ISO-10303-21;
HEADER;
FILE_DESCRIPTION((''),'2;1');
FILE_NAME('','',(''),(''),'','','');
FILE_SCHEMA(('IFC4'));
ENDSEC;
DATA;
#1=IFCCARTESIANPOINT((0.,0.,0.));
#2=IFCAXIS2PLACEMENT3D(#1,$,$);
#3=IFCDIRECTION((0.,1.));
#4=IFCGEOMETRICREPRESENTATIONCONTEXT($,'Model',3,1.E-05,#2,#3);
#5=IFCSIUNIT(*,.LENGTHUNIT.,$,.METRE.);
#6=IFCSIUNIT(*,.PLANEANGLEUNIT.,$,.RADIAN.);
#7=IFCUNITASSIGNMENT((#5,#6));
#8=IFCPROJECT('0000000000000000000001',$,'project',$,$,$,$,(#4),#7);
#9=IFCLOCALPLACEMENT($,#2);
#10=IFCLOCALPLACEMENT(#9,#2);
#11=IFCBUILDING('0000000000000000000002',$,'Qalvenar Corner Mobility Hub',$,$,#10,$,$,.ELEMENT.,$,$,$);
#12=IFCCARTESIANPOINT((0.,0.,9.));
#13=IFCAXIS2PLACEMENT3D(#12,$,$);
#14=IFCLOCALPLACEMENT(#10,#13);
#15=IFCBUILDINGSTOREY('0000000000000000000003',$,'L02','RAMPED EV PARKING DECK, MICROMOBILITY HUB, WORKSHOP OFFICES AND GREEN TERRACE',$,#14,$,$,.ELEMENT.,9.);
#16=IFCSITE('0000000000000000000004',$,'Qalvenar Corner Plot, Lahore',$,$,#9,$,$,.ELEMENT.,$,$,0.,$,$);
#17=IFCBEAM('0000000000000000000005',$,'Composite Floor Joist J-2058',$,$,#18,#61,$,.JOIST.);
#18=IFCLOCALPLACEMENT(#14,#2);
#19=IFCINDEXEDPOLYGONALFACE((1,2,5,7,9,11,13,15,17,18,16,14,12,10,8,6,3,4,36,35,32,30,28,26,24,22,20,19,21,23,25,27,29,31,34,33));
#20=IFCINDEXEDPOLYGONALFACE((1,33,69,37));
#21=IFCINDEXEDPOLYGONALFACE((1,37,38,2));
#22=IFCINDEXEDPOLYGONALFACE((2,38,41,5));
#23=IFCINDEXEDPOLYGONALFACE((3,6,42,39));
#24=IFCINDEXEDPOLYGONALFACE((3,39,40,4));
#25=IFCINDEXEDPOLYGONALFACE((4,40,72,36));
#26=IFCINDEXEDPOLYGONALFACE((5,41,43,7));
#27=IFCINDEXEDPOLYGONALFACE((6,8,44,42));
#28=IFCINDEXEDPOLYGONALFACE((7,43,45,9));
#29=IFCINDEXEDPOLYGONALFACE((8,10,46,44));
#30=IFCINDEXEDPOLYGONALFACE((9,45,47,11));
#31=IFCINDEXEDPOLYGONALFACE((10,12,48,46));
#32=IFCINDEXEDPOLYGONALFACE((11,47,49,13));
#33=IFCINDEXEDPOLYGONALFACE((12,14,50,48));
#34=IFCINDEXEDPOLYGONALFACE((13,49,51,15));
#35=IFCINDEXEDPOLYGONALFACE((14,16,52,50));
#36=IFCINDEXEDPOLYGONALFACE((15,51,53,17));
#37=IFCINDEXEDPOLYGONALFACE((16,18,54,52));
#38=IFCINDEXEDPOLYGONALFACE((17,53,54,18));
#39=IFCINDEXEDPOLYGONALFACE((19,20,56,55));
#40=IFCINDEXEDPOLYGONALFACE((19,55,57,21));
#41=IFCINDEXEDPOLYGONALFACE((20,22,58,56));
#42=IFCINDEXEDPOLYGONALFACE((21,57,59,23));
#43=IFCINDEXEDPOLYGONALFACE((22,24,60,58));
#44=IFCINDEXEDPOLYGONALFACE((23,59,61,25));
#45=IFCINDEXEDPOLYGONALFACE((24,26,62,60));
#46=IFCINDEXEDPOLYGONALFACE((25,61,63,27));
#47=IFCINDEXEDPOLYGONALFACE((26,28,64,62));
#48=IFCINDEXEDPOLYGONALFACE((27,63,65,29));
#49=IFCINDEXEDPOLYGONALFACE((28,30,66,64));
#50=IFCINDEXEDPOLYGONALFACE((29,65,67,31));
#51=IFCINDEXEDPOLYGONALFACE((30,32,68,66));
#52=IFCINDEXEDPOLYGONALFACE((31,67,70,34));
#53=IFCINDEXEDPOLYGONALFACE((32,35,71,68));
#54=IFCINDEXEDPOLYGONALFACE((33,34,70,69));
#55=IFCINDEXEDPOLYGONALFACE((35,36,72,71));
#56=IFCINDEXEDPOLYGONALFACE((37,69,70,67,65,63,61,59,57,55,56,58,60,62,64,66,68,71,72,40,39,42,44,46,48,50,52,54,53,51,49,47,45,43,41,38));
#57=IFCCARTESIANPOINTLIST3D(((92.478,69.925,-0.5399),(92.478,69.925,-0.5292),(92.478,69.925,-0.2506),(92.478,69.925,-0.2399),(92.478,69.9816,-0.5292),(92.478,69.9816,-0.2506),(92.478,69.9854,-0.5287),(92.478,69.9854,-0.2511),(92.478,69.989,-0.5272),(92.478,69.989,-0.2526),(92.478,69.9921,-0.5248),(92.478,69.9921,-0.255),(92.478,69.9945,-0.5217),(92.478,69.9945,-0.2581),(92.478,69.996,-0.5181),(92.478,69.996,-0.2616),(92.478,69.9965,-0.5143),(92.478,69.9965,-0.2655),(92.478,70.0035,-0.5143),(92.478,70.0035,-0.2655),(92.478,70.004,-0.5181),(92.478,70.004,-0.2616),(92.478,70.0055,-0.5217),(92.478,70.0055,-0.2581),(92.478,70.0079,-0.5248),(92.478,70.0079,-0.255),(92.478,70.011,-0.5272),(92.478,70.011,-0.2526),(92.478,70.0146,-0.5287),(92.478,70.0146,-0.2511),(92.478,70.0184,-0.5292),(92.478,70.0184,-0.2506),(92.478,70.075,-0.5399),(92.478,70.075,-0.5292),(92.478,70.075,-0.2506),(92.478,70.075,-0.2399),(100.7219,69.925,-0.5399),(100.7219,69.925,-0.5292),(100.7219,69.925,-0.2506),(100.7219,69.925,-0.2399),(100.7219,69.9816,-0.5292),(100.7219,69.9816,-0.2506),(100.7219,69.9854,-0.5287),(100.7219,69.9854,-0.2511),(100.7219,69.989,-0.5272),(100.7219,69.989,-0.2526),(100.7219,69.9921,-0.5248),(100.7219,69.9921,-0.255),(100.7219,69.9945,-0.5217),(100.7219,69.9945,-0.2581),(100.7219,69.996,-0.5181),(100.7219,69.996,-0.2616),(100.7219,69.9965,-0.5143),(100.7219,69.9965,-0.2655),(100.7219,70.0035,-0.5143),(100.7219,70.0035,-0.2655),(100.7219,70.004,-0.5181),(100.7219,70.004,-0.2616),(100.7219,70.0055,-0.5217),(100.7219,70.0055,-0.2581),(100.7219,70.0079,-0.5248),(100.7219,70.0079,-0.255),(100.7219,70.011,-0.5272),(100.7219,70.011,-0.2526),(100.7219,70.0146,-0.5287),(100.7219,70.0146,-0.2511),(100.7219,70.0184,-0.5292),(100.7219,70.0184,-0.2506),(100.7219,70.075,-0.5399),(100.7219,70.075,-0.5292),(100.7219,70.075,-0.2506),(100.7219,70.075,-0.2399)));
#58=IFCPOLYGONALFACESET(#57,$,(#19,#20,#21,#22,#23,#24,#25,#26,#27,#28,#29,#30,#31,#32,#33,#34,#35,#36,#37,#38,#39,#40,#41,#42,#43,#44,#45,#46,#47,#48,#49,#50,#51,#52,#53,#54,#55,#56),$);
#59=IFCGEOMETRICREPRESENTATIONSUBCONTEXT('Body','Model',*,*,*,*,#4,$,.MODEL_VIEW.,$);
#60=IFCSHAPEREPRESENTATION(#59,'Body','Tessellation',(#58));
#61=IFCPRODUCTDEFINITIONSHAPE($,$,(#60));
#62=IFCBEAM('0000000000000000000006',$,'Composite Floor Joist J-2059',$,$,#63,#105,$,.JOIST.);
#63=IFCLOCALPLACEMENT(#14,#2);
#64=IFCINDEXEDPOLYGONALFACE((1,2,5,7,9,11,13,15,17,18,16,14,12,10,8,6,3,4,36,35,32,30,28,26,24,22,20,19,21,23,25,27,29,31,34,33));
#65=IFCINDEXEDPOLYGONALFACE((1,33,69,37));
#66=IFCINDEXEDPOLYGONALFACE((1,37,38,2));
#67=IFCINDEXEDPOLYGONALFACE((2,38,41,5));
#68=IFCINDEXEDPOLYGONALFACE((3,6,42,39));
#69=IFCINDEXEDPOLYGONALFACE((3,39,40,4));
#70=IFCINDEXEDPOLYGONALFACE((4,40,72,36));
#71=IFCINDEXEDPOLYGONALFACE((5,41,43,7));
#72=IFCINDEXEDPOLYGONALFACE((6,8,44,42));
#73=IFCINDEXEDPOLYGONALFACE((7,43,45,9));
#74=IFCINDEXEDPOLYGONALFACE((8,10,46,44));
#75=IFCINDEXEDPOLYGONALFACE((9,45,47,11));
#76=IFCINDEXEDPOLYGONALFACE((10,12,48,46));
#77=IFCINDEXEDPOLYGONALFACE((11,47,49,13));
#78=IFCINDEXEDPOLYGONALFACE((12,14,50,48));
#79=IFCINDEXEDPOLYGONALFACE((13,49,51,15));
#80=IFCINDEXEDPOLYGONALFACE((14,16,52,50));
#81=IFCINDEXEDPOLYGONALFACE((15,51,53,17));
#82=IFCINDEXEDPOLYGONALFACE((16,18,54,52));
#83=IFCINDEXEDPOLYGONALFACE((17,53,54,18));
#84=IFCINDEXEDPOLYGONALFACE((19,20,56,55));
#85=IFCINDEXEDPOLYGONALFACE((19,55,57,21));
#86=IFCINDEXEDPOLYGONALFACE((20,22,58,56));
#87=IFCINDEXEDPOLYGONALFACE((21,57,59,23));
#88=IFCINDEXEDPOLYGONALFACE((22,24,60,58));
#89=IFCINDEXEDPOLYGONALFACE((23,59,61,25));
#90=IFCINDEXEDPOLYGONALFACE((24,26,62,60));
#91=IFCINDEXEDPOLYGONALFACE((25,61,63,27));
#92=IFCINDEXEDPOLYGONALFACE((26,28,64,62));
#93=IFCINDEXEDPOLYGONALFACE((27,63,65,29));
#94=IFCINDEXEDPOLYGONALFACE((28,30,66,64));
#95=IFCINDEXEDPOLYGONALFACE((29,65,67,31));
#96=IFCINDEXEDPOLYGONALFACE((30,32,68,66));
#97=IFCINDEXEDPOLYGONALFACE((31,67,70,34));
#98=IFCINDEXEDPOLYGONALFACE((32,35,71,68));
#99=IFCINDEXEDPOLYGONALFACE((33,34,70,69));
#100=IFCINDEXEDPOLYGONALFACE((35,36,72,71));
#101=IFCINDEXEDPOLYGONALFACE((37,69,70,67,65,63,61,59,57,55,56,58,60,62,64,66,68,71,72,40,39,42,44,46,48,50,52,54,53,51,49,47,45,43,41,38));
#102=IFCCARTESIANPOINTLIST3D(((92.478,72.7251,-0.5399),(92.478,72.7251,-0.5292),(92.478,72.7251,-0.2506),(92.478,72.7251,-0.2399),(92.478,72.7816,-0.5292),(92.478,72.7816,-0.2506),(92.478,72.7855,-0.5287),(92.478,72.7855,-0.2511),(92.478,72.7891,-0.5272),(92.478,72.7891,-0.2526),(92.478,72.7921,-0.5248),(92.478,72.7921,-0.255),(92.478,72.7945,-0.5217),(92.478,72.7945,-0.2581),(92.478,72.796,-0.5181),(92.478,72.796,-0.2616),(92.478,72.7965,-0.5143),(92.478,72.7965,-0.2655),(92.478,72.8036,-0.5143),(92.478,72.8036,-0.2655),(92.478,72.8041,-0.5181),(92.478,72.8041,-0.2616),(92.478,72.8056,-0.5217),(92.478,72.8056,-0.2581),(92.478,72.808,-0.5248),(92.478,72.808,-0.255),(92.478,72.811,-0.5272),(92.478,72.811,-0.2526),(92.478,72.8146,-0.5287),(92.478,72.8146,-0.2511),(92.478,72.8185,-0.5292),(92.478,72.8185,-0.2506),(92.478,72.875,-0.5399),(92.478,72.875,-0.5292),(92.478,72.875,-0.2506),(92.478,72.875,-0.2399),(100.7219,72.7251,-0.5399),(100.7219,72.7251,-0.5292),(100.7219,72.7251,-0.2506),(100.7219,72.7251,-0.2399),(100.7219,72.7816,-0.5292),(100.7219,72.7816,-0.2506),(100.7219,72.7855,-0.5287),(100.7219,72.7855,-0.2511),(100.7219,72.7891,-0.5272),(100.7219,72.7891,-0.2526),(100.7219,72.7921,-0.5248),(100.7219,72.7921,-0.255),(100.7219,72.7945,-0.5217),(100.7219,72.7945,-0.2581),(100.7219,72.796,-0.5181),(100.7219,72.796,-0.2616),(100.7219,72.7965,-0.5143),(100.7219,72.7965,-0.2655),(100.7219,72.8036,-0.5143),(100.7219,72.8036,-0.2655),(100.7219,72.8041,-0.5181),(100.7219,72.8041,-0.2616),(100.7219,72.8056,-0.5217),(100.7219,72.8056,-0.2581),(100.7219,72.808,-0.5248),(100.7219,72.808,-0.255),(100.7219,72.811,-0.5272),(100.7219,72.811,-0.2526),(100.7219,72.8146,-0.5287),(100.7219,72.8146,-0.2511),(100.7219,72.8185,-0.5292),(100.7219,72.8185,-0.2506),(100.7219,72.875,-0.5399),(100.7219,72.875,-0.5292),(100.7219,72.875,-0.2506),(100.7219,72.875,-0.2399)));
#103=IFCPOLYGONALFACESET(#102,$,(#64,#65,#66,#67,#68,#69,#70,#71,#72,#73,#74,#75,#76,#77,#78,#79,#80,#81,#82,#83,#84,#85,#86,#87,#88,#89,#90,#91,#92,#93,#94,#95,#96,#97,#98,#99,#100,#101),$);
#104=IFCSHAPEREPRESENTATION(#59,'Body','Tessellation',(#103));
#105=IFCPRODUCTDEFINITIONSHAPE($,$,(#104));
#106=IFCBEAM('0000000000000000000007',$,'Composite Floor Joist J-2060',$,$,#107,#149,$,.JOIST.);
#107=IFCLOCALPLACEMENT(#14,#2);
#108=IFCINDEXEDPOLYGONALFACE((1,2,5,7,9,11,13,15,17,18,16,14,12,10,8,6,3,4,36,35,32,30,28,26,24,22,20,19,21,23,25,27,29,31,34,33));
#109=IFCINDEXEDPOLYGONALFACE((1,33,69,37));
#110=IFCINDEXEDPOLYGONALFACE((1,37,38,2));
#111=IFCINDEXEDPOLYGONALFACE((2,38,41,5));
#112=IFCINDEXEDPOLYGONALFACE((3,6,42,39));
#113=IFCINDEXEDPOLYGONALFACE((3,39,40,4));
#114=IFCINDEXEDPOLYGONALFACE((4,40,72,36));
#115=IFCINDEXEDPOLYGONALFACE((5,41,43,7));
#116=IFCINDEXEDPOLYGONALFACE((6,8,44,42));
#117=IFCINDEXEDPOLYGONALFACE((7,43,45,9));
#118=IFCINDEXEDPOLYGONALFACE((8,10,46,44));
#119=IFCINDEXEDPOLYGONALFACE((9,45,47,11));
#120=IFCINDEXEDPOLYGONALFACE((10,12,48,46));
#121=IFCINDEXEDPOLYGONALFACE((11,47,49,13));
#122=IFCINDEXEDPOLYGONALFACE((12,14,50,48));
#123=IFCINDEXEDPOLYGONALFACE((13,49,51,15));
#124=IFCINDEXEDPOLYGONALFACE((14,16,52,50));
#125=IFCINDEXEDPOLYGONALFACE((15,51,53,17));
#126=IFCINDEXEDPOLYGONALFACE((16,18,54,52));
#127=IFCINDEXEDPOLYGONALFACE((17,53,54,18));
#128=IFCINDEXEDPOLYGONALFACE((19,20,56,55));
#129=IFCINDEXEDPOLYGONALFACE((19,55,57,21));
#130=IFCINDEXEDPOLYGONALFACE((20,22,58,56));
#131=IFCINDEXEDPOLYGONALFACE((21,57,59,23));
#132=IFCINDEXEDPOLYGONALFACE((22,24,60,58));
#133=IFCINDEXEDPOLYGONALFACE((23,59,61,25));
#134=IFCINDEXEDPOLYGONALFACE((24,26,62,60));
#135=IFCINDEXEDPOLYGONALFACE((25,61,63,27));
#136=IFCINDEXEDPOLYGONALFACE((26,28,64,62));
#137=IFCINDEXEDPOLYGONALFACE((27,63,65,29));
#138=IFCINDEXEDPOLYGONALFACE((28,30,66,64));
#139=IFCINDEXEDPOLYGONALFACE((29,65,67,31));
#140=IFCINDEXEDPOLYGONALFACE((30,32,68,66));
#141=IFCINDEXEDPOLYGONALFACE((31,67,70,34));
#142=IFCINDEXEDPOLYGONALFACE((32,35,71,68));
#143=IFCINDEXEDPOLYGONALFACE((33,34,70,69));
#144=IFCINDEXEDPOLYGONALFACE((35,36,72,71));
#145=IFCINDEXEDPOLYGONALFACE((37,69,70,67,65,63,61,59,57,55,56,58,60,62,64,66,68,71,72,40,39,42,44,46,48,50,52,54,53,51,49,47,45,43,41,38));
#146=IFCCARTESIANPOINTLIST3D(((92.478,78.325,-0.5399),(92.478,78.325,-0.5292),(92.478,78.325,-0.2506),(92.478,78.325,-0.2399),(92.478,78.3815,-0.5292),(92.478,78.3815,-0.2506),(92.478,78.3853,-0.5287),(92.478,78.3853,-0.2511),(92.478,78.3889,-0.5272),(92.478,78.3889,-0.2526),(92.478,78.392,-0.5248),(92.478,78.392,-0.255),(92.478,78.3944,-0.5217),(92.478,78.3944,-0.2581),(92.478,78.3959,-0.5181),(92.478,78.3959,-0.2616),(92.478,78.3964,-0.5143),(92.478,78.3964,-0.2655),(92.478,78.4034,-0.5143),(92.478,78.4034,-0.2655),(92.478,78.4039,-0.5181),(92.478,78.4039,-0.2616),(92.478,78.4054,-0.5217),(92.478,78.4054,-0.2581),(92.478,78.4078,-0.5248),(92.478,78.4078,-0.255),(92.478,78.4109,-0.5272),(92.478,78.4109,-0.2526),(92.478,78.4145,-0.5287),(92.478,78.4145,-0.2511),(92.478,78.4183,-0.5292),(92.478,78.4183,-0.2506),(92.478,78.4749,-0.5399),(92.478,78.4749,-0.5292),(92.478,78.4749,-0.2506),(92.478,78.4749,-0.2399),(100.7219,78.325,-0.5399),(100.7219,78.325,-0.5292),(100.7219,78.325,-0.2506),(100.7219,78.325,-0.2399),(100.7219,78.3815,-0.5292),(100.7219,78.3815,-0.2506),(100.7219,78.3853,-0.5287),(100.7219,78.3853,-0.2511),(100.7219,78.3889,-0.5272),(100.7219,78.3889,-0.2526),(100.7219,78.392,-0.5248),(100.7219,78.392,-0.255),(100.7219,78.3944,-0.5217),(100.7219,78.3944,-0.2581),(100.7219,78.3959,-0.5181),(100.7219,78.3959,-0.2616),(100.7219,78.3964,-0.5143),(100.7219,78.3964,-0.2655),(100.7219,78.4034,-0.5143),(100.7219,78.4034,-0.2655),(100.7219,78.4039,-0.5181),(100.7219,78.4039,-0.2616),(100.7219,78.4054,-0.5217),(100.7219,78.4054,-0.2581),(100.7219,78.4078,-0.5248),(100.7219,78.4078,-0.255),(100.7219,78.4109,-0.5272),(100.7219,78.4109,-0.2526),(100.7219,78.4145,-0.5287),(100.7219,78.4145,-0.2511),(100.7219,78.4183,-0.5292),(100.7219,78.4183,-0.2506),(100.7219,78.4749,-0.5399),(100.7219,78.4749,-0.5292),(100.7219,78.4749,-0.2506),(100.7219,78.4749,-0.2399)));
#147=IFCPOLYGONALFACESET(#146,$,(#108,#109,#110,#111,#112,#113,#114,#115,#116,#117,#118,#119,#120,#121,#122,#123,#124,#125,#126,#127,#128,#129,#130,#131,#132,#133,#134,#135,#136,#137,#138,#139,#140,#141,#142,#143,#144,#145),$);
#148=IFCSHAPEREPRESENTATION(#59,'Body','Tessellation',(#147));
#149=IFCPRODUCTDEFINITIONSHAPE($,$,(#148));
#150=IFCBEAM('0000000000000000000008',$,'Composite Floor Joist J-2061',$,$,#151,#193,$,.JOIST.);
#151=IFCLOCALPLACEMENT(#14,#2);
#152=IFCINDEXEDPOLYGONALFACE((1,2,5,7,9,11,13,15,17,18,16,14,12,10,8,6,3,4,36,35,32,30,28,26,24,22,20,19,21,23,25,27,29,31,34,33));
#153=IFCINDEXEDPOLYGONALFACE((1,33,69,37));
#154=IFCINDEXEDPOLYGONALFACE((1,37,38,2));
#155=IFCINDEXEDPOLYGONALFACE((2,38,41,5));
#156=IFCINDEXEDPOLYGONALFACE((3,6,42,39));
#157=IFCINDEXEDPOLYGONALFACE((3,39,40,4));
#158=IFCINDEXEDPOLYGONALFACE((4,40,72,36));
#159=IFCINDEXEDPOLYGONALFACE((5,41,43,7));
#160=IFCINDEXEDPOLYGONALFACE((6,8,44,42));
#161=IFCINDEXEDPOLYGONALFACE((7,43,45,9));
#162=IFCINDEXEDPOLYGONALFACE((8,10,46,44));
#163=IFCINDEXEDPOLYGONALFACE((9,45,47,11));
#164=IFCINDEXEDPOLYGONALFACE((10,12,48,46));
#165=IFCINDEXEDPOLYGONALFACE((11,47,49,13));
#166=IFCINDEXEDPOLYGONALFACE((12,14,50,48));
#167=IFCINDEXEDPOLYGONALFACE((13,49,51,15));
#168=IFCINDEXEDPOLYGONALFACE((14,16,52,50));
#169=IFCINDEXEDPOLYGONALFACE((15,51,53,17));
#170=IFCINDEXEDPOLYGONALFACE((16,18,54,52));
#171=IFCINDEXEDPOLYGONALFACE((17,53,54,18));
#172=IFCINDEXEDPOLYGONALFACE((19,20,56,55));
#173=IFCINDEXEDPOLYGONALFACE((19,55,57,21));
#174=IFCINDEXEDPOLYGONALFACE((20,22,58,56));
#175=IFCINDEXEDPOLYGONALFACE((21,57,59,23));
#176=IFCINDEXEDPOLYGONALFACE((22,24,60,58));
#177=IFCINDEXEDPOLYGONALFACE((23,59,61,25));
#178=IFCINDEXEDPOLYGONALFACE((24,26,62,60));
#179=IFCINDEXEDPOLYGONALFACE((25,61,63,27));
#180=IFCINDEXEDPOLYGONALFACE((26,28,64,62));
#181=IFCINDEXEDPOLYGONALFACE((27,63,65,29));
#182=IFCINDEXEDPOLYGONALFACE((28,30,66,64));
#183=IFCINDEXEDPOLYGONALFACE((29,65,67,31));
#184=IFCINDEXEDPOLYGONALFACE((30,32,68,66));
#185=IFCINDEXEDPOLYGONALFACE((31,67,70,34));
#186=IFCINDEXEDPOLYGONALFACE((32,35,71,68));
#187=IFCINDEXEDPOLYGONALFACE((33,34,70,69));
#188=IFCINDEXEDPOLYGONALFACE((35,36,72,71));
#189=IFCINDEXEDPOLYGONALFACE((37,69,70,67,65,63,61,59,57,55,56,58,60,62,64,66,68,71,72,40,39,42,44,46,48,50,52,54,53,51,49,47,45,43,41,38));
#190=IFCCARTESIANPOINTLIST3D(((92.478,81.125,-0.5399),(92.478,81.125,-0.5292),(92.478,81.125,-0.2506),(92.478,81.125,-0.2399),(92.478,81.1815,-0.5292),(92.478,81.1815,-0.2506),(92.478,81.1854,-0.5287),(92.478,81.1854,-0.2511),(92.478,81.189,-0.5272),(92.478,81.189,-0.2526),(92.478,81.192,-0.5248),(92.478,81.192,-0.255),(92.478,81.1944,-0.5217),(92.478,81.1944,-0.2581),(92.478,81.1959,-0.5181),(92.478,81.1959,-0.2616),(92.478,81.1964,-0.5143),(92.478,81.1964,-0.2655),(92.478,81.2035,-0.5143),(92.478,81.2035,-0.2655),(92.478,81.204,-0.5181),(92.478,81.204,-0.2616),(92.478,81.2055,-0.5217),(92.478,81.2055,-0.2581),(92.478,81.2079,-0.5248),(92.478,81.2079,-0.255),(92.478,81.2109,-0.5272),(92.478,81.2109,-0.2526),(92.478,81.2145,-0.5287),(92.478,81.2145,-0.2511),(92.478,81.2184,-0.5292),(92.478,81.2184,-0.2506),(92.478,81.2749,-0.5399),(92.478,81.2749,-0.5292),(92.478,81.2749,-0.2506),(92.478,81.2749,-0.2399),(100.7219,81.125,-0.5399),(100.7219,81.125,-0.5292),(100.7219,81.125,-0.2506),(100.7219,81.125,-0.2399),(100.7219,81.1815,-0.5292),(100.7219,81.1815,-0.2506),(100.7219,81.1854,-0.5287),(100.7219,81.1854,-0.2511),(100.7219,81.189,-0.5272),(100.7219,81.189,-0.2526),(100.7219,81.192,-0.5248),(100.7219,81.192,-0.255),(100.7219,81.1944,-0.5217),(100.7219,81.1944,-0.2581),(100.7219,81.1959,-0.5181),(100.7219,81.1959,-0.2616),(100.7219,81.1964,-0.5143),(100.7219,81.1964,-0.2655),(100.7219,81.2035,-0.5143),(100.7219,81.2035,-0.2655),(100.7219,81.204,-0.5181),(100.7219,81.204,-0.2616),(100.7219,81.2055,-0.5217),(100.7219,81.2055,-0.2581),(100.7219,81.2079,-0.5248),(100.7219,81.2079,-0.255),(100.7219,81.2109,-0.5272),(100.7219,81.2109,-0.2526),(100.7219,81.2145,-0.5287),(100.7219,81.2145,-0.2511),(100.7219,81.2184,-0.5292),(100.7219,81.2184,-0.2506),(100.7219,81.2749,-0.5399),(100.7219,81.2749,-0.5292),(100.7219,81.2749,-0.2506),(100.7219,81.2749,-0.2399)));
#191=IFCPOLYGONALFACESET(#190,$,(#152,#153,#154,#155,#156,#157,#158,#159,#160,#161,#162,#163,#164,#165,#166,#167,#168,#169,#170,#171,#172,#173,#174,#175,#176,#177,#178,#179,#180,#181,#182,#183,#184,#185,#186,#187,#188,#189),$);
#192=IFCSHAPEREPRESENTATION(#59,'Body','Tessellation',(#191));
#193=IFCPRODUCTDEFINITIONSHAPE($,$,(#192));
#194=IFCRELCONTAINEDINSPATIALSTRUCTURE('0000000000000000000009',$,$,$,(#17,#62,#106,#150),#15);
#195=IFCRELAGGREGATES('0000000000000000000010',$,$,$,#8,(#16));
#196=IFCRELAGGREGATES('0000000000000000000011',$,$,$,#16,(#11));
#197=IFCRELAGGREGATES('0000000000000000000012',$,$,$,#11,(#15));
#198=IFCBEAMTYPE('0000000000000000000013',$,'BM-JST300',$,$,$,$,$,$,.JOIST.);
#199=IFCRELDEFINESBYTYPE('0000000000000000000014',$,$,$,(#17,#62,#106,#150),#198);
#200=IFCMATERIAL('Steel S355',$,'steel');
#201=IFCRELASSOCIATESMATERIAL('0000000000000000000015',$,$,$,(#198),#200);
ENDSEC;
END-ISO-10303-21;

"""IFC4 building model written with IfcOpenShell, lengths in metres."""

from ifc_helpers import new_model, si_unit, direction, frame, origin, origin_2d, place, context, subcontext, project, spatial, i_section, extrude, material, material_profile, profile_set, type_object, element, save


model = new_model("IFC4")

# Units and contexts
model_context = context("Model", 3, precision=1e-05, world=origin(), true_north=direction((0.0, 1.0)))
body_context = subcontext(model_context, "Body", "Model", "MODEL_VIEW")
ifc_project = project(units=[si_unit("LENGTHUNIT", "METRE"), si_unit("PLANEANGLEUNIT", "RADIAN")], contexts=[model_context])

# Site, building, storey
site_placement = place(None, origin())
site = spatial("IfcSite", under=ifc_project, at=site_placement, Name="Qalvenar Corner Plot, Lahore", CompositionType="ELEMENT", RefElevation=0.0)
building_placement = place(site_placement, origin())
building = spatial("IfcBuilding", under=site, at=building_placement, Name="Qalvenar Corner Mobility Hub", CompositionType="ELEMENT")
storey_placement = place(building_placement, frame((0.0, 0.0, 9.0)))
storey = spatial("IfcBuildingStorey", under=building, at=storey_placement, Name="L02", Description="RAMPED EV PARKING DECK, MICROMOBILITY HUB, WORKSHOP OFFICES AND GREEN TERRACE", CompositionType="ELEMENT", Elevation=9.0)

# Shared definitions
ifc_material = material(Name="Steel S355", Category="steel")

# Beams
ifc_material_profile_1 = material_profile(ifc_material, i_section(OverallWidth=0.1499, OverallDepth=0.3, WebThickness=0.0071, FlangeThickness=0.0107, FilletRadius=0.0149, at=origin_2d()), Name="IPE300")
ifc_profile_set_1 = profile_set([ifc_material_profile_1], Name="Steel S355")
beam_type_1 = type_object("IfcBeamType", Name="BM-JST300", PredefinedType="JOIST", material=ifc_profile_set_1)
for number, where, z_axis, x_axis, name in (
    (1, (92.478, 70.0, -0.3899), (1.0, 0.0, 0.0), (0.0, 1.0, 0.0), "Composite Floor Joist J-2058"),
    (2, (92.478, 72.8, -0.3899), (1.0, 0.0, 0.0), (0.0, 1.0, 0.0), "Composite Floor Joist J-2059"),
    (3, (92.478, 78.3999, -0.3899), (1.0, 0.0, 0.0), (0.0, 1.0, 0.0), "Composite Floor Joist J-2060"),
    (4, (92.478, 81.2, -0.3899), (1.0, 0.0, 0.0), (0.0, 1.0, 0.0), "Composite Floor Joist J-2061"),
):
    element("IfcBeam", number, at=place(storey_placement, frame(where, z_axis=z_axis, x_axis=x_axis)), inside=storey, type_object=beam_type_1, Name=name, PredefinedType="JOIST", context=body_context, shape_type="SweptSolid", body=[
        extrude(i_section(OverallWidth=0.1499, OverallDepth=0.3, WebThickness=0.0071, FlangeThickness=0.0107, FilletRadius=0.0149, at=origin_2d()), origin(), (0.0, 0.0, 1.0), 8.2439),
    ])

save(model, "model.ifc")
